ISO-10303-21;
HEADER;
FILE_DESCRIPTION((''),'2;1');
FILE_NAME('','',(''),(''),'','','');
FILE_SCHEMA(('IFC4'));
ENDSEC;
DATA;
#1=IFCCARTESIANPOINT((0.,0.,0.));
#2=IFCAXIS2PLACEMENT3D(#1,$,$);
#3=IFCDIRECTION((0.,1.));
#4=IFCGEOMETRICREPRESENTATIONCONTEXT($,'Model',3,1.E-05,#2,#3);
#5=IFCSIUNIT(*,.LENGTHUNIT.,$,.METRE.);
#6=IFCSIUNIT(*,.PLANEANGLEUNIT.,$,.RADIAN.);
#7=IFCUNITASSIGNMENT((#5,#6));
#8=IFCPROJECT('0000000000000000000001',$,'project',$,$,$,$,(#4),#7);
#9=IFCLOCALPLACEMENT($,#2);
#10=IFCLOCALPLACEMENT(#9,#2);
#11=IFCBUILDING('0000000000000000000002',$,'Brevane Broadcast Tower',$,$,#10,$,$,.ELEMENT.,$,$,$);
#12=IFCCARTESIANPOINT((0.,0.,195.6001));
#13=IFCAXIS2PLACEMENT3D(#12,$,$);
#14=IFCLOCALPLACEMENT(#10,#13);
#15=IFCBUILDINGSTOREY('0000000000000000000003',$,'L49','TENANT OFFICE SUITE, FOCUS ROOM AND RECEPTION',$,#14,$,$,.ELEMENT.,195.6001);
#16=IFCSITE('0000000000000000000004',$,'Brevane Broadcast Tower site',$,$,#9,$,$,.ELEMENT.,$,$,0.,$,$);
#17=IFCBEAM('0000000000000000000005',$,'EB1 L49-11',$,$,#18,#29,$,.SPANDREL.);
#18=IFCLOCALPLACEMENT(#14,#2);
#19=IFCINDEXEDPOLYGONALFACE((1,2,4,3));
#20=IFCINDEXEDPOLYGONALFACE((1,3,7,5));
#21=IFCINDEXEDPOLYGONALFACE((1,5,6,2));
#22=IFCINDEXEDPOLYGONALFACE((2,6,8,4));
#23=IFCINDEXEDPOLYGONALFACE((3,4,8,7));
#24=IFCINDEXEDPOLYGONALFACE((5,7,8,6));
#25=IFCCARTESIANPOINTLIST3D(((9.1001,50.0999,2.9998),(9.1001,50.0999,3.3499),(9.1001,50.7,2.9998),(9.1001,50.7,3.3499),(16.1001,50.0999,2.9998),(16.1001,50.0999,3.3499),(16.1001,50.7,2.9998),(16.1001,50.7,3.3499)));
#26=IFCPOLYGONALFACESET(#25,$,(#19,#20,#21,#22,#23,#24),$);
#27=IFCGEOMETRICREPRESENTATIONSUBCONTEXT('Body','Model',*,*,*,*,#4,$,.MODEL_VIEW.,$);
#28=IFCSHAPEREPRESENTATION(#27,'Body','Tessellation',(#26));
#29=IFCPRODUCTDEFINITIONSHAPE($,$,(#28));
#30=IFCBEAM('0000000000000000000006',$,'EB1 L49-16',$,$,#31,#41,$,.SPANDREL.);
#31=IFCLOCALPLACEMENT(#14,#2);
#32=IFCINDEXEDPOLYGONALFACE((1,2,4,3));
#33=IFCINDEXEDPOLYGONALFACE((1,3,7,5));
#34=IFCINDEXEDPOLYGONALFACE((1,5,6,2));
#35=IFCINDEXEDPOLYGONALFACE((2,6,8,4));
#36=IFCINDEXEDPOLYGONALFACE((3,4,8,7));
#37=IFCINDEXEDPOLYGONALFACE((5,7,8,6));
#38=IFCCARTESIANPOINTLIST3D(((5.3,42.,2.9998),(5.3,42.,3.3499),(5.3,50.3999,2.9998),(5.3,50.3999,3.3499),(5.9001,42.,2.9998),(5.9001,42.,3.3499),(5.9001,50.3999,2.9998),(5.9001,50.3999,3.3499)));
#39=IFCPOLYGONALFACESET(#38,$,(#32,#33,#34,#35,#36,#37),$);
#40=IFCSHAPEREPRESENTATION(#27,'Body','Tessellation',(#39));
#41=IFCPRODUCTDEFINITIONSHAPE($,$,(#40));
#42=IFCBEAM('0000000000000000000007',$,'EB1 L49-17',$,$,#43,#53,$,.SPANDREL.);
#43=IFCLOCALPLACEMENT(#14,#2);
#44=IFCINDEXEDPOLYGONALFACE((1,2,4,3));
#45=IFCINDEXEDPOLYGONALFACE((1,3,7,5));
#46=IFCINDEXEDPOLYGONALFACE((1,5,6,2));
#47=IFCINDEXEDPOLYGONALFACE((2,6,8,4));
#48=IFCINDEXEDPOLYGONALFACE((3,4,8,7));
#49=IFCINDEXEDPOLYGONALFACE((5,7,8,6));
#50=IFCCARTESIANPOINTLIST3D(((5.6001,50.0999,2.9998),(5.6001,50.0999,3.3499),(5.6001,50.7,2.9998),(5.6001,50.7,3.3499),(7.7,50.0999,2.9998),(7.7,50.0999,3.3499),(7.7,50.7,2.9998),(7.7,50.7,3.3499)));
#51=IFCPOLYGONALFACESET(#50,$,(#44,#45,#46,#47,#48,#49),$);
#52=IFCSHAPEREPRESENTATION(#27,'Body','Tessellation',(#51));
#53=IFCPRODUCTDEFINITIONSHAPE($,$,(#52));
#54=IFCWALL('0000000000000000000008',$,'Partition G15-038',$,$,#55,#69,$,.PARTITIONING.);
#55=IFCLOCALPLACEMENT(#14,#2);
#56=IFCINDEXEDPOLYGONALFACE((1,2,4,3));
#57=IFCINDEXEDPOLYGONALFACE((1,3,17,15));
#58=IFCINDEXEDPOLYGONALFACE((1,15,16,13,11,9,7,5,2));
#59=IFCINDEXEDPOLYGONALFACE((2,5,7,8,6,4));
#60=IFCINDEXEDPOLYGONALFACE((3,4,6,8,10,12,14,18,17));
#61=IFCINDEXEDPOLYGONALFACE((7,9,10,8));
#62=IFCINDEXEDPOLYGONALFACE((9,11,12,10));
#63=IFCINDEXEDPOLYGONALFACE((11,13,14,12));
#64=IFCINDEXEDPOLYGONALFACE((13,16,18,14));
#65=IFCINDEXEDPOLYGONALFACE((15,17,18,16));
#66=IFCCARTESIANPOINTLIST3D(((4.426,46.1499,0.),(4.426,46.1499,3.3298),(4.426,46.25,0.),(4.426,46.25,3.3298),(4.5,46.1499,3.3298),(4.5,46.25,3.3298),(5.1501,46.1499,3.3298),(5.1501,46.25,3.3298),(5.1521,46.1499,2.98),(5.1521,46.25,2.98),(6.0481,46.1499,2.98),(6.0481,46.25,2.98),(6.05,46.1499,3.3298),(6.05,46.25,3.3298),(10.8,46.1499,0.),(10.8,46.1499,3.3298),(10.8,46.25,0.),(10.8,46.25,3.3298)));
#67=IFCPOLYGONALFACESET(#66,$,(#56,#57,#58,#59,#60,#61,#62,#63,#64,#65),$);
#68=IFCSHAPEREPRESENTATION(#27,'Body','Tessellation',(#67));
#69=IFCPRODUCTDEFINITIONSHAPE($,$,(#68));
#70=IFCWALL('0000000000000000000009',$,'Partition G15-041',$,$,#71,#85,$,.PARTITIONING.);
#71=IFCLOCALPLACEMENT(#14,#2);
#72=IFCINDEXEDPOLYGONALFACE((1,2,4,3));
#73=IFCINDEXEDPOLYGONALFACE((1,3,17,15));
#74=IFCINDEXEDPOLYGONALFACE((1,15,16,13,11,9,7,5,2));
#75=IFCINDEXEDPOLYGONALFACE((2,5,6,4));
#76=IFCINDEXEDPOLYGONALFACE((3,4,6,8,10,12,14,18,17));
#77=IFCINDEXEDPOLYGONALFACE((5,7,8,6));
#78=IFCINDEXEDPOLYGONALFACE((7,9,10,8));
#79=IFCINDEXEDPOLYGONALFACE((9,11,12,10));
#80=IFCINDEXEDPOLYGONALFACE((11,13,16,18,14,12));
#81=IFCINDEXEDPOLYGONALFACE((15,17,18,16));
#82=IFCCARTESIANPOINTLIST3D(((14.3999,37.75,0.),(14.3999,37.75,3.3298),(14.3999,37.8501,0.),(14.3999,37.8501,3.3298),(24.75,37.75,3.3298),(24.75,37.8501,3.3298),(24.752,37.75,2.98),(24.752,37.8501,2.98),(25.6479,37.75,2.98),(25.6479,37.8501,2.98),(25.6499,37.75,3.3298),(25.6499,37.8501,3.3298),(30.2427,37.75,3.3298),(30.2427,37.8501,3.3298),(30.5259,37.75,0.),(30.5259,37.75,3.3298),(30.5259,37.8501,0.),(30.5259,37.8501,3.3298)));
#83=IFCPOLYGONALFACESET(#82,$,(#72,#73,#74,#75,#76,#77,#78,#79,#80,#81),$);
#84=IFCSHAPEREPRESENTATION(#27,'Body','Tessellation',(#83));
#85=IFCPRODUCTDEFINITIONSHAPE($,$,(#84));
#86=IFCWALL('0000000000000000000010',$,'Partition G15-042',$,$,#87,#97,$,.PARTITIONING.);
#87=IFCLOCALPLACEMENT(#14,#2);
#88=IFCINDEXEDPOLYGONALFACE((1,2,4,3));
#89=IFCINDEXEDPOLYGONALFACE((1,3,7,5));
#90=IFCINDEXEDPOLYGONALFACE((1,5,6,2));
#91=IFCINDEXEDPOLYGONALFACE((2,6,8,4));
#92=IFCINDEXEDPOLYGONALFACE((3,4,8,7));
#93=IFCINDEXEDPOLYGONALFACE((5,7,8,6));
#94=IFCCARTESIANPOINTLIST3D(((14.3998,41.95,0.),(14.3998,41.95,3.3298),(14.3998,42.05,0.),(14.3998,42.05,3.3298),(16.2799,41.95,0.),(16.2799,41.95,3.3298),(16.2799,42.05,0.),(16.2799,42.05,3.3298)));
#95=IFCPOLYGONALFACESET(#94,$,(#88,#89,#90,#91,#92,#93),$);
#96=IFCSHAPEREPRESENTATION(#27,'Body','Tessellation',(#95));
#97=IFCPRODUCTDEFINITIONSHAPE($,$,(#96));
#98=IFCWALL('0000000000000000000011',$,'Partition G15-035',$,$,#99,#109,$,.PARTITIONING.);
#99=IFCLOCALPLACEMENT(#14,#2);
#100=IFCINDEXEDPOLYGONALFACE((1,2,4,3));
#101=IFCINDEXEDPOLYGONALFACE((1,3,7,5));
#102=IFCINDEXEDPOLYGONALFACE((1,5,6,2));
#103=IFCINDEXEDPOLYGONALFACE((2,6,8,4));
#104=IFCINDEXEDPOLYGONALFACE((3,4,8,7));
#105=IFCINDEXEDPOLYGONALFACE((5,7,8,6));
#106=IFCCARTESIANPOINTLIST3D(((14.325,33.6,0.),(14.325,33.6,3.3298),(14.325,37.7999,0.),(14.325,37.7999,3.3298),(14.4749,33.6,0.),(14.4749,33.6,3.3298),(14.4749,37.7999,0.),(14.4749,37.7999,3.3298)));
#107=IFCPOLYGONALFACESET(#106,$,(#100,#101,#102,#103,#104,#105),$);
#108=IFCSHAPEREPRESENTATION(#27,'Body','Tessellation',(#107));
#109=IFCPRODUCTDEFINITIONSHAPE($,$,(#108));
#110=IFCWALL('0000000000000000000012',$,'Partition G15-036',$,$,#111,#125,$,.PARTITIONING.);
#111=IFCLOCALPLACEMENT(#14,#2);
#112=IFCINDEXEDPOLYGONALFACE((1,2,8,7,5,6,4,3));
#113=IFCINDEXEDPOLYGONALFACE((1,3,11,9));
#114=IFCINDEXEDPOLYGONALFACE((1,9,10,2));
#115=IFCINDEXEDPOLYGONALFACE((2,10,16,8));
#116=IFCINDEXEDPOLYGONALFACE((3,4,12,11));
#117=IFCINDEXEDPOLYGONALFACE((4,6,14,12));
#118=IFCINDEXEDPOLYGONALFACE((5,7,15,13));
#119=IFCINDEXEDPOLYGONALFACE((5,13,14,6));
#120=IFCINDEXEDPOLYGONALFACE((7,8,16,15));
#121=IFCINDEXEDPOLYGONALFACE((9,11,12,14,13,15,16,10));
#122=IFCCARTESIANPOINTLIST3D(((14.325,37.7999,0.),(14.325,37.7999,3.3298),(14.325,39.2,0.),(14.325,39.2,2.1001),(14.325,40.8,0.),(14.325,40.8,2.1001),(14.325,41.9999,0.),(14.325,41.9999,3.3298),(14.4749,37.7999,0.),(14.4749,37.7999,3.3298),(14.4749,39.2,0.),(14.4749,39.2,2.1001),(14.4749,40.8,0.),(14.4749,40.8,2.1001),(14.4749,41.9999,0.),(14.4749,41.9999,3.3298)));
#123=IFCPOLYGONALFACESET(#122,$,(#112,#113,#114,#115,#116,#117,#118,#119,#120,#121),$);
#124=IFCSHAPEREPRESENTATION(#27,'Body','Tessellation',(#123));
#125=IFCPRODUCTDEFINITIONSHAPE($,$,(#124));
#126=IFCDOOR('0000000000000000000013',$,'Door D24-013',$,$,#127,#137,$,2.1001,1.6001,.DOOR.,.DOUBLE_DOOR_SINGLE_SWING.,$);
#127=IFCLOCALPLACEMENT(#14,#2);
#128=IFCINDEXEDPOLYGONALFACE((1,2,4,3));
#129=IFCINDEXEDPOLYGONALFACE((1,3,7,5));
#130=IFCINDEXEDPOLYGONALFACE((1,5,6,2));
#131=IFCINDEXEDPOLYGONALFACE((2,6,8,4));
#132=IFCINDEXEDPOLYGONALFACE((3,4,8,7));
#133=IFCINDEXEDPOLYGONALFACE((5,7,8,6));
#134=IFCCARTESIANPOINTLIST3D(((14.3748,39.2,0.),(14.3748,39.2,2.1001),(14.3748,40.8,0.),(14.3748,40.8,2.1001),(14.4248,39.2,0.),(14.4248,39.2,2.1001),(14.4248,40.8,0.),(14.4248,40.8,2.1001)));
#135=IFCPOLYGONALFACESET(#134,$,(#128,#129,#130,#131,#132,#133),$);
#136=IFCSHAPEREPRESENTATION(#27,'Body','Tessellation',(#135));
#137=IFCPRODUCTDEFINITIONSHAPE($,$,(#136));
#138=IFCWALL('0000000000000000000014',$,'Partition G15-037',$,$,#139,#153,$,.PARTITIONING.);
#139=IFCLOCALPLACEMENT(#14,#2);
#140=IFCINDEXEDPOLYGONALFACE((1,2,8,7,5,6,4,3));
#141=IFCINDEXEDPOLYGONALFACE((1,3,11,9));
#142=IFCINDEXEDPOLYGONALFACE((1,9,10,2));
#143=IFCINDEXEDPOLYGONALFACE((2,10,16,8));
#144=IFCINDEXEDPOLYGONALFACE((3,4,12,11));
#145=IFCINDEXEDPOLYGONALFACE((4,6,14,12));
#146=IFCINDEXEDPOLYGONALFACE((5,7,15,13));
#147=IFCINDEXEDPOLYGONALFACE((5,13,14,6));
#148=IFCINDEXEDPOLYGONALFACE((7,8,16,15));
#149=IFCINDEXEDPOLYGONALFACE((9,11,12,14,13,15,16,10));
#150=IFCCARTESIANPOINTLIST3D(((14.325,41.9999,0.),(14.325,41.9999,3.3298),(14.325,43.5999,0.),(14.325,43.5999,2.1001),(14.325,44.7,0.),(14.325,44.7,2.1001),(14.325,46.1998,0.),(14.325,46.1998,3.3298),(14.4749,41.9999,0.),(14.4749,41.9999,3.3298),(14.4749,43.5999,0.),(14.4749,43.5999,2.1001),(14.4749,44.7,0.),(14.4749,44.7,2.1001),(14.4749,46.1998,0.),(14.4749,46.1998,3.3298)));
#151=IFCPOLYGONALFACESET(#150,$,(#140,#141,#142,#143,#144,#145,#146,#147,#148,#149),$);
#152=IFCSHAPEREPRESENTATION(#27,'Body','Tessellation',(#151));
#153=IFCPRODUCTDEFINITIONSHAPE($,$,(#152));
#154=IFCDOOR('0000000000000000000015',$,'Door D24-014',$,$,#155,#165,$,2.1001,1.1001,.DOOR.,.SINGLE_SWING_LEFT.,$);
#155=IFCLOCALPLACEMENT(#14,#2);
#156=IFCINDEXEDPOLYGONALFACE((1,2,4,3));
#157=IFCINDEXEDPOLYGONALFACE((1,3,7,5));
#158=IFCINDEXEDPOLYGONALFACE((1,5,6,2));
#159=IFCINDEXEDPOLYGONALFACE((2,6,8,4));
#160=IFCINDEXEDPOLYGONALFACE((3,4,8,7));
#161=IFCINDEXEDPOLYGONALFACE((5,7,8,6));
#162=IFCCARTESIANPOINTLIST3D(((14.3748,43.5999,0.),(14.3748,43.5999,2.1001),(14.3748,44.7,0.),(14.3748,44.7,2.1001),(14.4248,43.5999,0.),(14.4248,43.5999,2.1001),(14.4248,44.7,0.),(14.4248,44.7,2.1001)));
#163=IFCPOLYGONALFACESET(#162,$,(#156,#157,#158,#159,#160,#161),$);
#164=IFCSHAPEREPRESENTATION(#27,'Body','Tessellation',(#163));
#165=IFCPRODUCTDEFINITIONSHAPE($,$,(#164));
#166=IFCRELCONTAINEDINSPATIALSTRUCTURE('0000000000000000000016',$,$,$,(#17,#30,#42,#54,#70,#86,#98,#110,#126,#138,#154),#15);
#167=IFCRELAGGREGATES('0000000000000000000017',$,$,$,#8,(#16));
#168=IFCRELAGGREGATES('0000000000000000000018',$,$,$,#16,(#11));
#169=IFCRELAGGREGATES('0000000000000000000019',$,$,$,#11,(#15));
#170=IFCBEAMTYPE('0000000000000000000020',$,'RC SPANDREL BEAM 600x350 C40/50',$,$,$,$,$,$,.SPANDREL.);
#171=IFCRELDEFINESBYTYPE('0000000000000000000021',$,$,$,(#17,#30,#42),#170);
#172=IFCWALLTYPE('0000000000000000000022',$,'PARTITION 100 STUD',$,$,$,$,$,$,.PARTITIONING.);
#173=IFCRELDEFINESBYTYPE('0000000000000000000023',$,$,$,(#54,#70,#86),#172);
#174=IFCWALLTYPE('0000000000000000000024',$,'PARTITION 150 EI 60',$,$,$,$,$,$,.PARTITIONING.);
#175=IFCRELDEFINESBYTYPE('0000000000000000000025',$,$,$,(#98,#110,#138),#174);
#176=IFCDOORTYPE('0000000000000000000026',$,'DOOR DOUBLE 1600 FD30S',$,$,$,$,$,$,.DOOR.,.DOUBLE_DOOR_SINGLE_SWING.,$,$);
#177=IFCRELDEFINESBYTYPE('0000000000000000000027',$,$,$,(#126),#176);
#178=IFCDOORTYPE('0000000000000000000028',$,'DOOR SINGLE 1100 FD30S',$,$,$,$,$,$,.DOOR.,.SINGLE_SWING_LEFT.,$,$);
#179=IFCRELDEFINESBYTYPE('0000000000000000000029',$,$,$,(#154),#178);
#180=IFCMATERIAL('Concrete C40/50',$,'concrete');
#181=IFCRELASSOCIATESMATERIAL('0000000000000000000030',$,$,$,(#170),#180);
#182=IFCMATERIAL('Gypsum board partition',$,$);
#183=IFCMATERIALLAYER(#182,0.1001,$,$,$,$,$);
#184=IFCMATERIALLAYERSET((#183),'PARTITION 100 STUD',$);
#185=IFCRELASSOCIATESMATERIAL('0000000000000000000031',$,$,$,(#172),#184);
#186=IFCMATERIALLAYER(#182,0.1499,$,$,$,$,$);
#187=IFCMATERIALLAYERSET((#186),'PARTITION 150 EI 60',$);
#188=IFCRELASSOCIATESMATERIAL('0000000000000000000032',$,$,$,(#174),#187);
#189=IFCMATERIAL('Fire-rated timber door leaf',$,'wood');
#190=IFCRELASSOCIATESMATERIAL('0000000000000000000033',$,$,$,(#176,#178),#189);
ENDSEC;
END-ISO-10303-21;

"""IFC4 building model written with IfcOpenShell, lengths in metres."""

from ifc_helpers import new_model, si_unit, direction, frame, frame_2d, origin, origin_2d, place, context, subcontext, project, spatial, polyline, rectangle, outline, extrude, material, layer, layer_set, material_profile, profile_set, type_object, element, fill, save


model = new_model("IFC4")

# Units and contexts
model_context = context("Model", 3, precision=1e-05, world=origin(), true_north=direction((0.0, 1.0)))
body_context = subcontext(model_context, "Body", "Model", "MODEL_VIEW")
ifc_project = project(units=[si_unit("LENGTHUNIT", "METRE"), si_unit("PLANEANGLEUNIT", "RADIAN")], contexts=[model_context])

# Site, building, storey
site_placement = place(None, origin())
site = spatial("IfcSite", under=ifc_project, at=site_placement, Name="Brevane Broadcast Tower site", CompositionType="ELEMENT", RefElevation=0.0)
building_placement = place(site_placement, origin())
building = spatial("IfcBuilding", under=site, at=building_placement, Name="Brevane Broadcast Tower", CompositionType="ELEMENT")
storey_placement = place(building_placement, frame((0.0, 0.0, 195.6001)))
storey = spatial("IfcBuildingStorey", under=building, at=storey_placement, Name="L49", Description="TENANT OFFICE SUITE, FOCUS ROOM AND RECEPTION", CompositionType="ELEMENT", Elevation=195.6001)

# Beams
ifc_material_1 = material(Name="Concrete C40/50", Category="concrete")
ifc_material_profile_1 = material_profile(ifc_material_1, rectangle(XDim=0.6001, YDim=0.3501, at=origin_2d()), Name="RC 600x350")
ifc_profile_set_1 = profile_set([ifc_material_profile_1], Name="Concrete C40/50")
beam_type_1 = type_object("IfcBeamType", Name="RC SPANDREL BEAM 600x350 C40/50", PredefinedType="SPANDREL", material=ifc_profile_set_1)
beam_1_placement = place(storey_placement, frame((16.1001, 50.3999, 3.1748), z_axis=(-1.0, 0.0, 0.0), x_axis=(0.0, -1.0, 0.0)))
element("IfcBeam", 1, at=beam_1_placement, inside=storey, type_object=beam_type_1, Name="EB1 L49-11", PredefinedType="SPANDREL", context=body_context, shape_type="SweptSolid", body=[
    extrude(rectangle(XDim=0.6001, YDim=0.3501, at=origin_2d()), origin(), (0.0, 0.0, 1.0), 7.0),
])
beam_2_placement = place(storey_placement, frame((5.6001, 42.0, 3.1748), z_axis=(0.0, 1.0, 0.0), x_axis=(-1.0, 0.0, 0.0)))
element("IfcBeam", 2, at=beam_2_placement, inside=storey, type_object=beam_type_1, Name="EB1 L49-16", PredefinedType="SPANDREL", context=body_context, shape_type="SweptSolid", body=[
    extrude(rectangle(XDim=0.6001, YDim=0.3501, at=origin_2d()), origin(), (0.0, 0.0, 1.0), 8.3999),
])
beam_3_placement = place(storey_placement, frame((5.6001, 50.3999, 3.1748), z_axis=(1.0, 0.0, 0.0), x_axis=(0.0, 1.0, 0.0)))
element("IfcBeam", 3, at=beam_3_placement, inside=storey, type_object=beam_type_1, Name="EB1 L49-17", PredefinedType="SPANDREL", context=body_context, shape_type="SweptSolid", body=[
    extrude(rectangle(XDim=0.6001, YDim=0.3501, at=origin_2d()), origin(), (0.0, 0.0, 1.0), 2.0999),
])

# Walls
ifc_material_2 = material(Name="Gypsum board partition")
ifc_layer_1 = layer(ifc_material_2, 0.1001)
ifc_layer_set_1 = layer_set([ifc_layer_1], Name="PARTITION 100 STUD")
wall_type_1 = type_object("IfcWallType", Name="PARTITION 100 STUD", PredefinedType="PARTITIONING", material=ifc_layer_set_1)
wall_1_placement = place(storey_placement, frame((10.8, 46.2, 0.0), z_axis=(0.0, 0.0, 1.0), x_axis=(-1.0, 0.0, 0.0)))
element("IfcWall", 4, at=wall_1_placement, inside=storey, type_object=wall_type_1, Name="Partition G15-038", PredefinedType="PARTITIONING", context=body_context, shape_type="SweptSolid", body=[
    extrude(outline(polyline([(0.0, 0.0), (6.374, 0.0), (6.374, 3.3298), (6.3, 3.3298), (5.6499, 3.3298), (5.6479, 2.98), (4.752, 2.98), (4.75, 3.3298), (0.0, 3.3298), (0.0, 0.0)])), frame((0.0, 0.05, 0.0), z_axis=(0.0, -1.0, 0.0), x_axis=(1.0, 0.0, 0.0)), (0.0, 0.0, 1.0), 0.1001),
])
wall_2_placement = place(storey_placement, frame((14.3999, 37.8, 0.0), z_axis=(0.0, 0.0, 1.0), x_axis=(1.0, 0.0, 0.0)))
element("IfcWall", 5, at=wall_2_placement, inside=storey, type_object=wall_type_1, Name="Partition G15-041", PredefinedType="PARTITIONING", context=body_context, shape_type="SweptSolid", body=[
    extrude(outline(polyline([(0.0, 0.0), (16.126, 0.0), (16.126, 3.3298), (15.8428, 3.3298), (11.25, 3.3298), (11.248, 2.98), (10.3521, 2.98), (10.3501, 3.3298), (0.0, 3.3298), (0.0, 0.0)])), frame((0.0, 0.05, 0.0), z_axis=(0.0, -1.0, 0.0), x_axis=(1.0, 0.0, 0.0)), (0.0, 0.0, 1.0), 0.1001),
])
wall_3_placement = place(storey_placement, frame((14.3999, 42.0, 0.0), z_axis=(0.0, 0.0, 1.0), x_axis=(1.0, 0.0, 0.0)))
element("IfcWall", 6, at=wall_3_placement, inside=storey, type_object=wall_type_1, Name="Partition G15-042", PredefinedType="PARTITIONING", context=body_context, shape_type="SweptSolid", body=[
    extrude(rectangle(XDim=1.8801, YDim=0.1001, at=frame_2d((0.9399, 0.0))), origin(), (0.0, 0.0, 1.0), 3.3298),
])

# Shared definitions
ifc_layer_2 = layer(ifc_material_2, 0.1499)
ifc_layer_set_2 = layer_set([ifc_layer_2], Name="PARTITION 150 EI 60")
wall_type_2 = type_object("IfcWallType", Name="PARTITION 150 EI 60", PredefinedType="PARTITIONING", material=ifc_layer_set_2)
ifc_material_3 = material(Name="Fire-rated timber door leaf", Category="wood")

# Wall
wall_4_placement = place(storey_placement, frame((14.3999, 37.8, 0.0), z_axis=(0.0, 0.0, 1.0), x_axis=(0.0, -1.0, 0.0)))
element("IfcWall", 7, at=wall_4_placement, inside=storey, type_object=wall_type_2, Name="Partition G15-035", PredefinedType="PARTITIONING", context=body_context, shape_type="SweptSolid", body=[
    extrude(rectangle(XDim=4.2, YDim=0.1499, at=frame_2d((2.1001, 0.0))), origin(), (0.0, 0.0, 1.0), 3.3298),
])

# Walls, openings, doors
wall_5_placement = place(storey_placement, frame((14.3999, 42.0, 0.0), z_axis=(0.0, 0.0, 1.0), x_axis=(0.0, -1.0, 0.0)))
wall_5 = element("IfcWall", 8, at=wall_5_placement, inside=storey, type_object=wall_type_2, Name="Partition G15-036", PredefinedType="PARTITIONING", context=body_context, shape_type="SweptSolid", body=[
    extrude(rectangle(XDim=4.2, YDim=0.1499, at=frame_2d((2.1001, 0.0))), origin(), (0.0, 0.0, 1.0), 3.3298),
])
opening_1_placement = place(wall_5_placement, frame((1.2, 0.0, 0.0)))
opening_1 = element("IfcOpeningElement", 9, at=opening_1_placement, cuts=wall_5, PredefinedType="OPENING", context=body_context, shape_type="SweptSolid", body=[
    extrude(rectangle(XDim=1.6001, YDim=2.1001, at=frame_2d((0.8, 1.05))), frame((0.0, 0.085, 0.0), z_axis=(0.0, -1.0, 0.0), x_axis=(1.0, 0.0, 0.0)), (0.0, 0.0, 1.0), 0.1699),
])
door_type_1 = type_object("IfcDoorType", Name="DOOR DOUBLE 1600 FD30S", OperationType="DOUBLE_DOOR_SINGLE_SWING", PredefinedType="DOOR", material=ifc_material_3)
door_1_placement = place(opening_1_placement, origin())
door_1 = element("IfcDoor", 10, at=door_1_placement, inside=storey, type_object=door_type_1, Name="Door D24-013", OperationType="DOUBLE_DOOR_SINGLE_SWING", OverallHeight=2.1001, OverallWidth=1.6001, PredefinedType="DOOR", context=body_context, shape_type="SweptSolid", body=[
    extrude(rectangle(XDim=1.6001, YDim=2.1001, at=frame_2d((0.8, 1.05))), frame((0.0, 0.0249, 0.0), z_axis=(0.0, -1.0, 0.0), x_axis=(1.0, 0.0, 0.0)), (0.0, 0.0, 1.0), 0.05),
])
fill(opening_1, door_1)
wall_6_placement = place(storey_placement, frame((14.3999, 46.2, 0.0), z_axis=(0.0, 0.0, 1.0), x_axis=(0.0, -1.0, 0.0)))
wall_6 = element("IfcWall", 11, at=wall_6_placement, inside=storey, type_object=wall_type_2, Name="Partition G15-037", PredefinedType="PARTITIONING", context=body_context, shape_type="SweptSolid", body=[
    extrude(rectangle(XDim=4.2, YDim=0.1499, at=frame_2d((2.1001, 0.0))), origin(), (0.0, 0.0, 1.0), 3.3298),
])
opening_2_placement = place(wall_6_placement, frame((1.5, 0.0, 0.0)))
opening_2 = element("IfcOpeningElement", 12, at=opening_2_placement, cuts=wall_6, PredefinedType="OPENING", context=body_context, shape_type="SweptSolid", body=[
    extrude(rectangle(XDim=1.1001, YDim=2.1001, at=frame_2d((0.55, 1.05))), frame((0.0, 0.085, 0.0), z_axis=(0.0, -1.0, 0.0), x_axis=(1.0, 0.0, 0.0)), (0.0, 0.0, 1.0), 0.1699),
])
door_type_2 = type_object("IfcDoorType", Name="DOOR SINGLE 1100 FD30S", OperationType="SINGLE_SWING_LEFT", PredefinedType="DOOR", material=ifc_material_3)
door_2_placement = place(opening_2_placement, origin())
door_2 = element("IfcDoor", 13, at=door_2_placement, inside=storey, type_object=door_type_2, Name="Door D24-014", OperationType="SINGLE_SWING_LEFT", OverallHeight=2.1001, OverallWidth=1.1001, PredefinedType="DOOR", context=body_context, shape_type="SweptSolid", body=[
    extrude(rectangle(XDim=1.1001, YDim=2.1001, at=frame_2d((0.55, 1.05))), frame((0.0, 0.0249, 0.0), z_axis=(0.0, -1.0, 0.0), x_axis=(1.0, 0.0, 0.0)), (0.0, 0.0, 1.0), 0.05),
])
fill(opening_2, door_2)

save(model, "model.ifc")
